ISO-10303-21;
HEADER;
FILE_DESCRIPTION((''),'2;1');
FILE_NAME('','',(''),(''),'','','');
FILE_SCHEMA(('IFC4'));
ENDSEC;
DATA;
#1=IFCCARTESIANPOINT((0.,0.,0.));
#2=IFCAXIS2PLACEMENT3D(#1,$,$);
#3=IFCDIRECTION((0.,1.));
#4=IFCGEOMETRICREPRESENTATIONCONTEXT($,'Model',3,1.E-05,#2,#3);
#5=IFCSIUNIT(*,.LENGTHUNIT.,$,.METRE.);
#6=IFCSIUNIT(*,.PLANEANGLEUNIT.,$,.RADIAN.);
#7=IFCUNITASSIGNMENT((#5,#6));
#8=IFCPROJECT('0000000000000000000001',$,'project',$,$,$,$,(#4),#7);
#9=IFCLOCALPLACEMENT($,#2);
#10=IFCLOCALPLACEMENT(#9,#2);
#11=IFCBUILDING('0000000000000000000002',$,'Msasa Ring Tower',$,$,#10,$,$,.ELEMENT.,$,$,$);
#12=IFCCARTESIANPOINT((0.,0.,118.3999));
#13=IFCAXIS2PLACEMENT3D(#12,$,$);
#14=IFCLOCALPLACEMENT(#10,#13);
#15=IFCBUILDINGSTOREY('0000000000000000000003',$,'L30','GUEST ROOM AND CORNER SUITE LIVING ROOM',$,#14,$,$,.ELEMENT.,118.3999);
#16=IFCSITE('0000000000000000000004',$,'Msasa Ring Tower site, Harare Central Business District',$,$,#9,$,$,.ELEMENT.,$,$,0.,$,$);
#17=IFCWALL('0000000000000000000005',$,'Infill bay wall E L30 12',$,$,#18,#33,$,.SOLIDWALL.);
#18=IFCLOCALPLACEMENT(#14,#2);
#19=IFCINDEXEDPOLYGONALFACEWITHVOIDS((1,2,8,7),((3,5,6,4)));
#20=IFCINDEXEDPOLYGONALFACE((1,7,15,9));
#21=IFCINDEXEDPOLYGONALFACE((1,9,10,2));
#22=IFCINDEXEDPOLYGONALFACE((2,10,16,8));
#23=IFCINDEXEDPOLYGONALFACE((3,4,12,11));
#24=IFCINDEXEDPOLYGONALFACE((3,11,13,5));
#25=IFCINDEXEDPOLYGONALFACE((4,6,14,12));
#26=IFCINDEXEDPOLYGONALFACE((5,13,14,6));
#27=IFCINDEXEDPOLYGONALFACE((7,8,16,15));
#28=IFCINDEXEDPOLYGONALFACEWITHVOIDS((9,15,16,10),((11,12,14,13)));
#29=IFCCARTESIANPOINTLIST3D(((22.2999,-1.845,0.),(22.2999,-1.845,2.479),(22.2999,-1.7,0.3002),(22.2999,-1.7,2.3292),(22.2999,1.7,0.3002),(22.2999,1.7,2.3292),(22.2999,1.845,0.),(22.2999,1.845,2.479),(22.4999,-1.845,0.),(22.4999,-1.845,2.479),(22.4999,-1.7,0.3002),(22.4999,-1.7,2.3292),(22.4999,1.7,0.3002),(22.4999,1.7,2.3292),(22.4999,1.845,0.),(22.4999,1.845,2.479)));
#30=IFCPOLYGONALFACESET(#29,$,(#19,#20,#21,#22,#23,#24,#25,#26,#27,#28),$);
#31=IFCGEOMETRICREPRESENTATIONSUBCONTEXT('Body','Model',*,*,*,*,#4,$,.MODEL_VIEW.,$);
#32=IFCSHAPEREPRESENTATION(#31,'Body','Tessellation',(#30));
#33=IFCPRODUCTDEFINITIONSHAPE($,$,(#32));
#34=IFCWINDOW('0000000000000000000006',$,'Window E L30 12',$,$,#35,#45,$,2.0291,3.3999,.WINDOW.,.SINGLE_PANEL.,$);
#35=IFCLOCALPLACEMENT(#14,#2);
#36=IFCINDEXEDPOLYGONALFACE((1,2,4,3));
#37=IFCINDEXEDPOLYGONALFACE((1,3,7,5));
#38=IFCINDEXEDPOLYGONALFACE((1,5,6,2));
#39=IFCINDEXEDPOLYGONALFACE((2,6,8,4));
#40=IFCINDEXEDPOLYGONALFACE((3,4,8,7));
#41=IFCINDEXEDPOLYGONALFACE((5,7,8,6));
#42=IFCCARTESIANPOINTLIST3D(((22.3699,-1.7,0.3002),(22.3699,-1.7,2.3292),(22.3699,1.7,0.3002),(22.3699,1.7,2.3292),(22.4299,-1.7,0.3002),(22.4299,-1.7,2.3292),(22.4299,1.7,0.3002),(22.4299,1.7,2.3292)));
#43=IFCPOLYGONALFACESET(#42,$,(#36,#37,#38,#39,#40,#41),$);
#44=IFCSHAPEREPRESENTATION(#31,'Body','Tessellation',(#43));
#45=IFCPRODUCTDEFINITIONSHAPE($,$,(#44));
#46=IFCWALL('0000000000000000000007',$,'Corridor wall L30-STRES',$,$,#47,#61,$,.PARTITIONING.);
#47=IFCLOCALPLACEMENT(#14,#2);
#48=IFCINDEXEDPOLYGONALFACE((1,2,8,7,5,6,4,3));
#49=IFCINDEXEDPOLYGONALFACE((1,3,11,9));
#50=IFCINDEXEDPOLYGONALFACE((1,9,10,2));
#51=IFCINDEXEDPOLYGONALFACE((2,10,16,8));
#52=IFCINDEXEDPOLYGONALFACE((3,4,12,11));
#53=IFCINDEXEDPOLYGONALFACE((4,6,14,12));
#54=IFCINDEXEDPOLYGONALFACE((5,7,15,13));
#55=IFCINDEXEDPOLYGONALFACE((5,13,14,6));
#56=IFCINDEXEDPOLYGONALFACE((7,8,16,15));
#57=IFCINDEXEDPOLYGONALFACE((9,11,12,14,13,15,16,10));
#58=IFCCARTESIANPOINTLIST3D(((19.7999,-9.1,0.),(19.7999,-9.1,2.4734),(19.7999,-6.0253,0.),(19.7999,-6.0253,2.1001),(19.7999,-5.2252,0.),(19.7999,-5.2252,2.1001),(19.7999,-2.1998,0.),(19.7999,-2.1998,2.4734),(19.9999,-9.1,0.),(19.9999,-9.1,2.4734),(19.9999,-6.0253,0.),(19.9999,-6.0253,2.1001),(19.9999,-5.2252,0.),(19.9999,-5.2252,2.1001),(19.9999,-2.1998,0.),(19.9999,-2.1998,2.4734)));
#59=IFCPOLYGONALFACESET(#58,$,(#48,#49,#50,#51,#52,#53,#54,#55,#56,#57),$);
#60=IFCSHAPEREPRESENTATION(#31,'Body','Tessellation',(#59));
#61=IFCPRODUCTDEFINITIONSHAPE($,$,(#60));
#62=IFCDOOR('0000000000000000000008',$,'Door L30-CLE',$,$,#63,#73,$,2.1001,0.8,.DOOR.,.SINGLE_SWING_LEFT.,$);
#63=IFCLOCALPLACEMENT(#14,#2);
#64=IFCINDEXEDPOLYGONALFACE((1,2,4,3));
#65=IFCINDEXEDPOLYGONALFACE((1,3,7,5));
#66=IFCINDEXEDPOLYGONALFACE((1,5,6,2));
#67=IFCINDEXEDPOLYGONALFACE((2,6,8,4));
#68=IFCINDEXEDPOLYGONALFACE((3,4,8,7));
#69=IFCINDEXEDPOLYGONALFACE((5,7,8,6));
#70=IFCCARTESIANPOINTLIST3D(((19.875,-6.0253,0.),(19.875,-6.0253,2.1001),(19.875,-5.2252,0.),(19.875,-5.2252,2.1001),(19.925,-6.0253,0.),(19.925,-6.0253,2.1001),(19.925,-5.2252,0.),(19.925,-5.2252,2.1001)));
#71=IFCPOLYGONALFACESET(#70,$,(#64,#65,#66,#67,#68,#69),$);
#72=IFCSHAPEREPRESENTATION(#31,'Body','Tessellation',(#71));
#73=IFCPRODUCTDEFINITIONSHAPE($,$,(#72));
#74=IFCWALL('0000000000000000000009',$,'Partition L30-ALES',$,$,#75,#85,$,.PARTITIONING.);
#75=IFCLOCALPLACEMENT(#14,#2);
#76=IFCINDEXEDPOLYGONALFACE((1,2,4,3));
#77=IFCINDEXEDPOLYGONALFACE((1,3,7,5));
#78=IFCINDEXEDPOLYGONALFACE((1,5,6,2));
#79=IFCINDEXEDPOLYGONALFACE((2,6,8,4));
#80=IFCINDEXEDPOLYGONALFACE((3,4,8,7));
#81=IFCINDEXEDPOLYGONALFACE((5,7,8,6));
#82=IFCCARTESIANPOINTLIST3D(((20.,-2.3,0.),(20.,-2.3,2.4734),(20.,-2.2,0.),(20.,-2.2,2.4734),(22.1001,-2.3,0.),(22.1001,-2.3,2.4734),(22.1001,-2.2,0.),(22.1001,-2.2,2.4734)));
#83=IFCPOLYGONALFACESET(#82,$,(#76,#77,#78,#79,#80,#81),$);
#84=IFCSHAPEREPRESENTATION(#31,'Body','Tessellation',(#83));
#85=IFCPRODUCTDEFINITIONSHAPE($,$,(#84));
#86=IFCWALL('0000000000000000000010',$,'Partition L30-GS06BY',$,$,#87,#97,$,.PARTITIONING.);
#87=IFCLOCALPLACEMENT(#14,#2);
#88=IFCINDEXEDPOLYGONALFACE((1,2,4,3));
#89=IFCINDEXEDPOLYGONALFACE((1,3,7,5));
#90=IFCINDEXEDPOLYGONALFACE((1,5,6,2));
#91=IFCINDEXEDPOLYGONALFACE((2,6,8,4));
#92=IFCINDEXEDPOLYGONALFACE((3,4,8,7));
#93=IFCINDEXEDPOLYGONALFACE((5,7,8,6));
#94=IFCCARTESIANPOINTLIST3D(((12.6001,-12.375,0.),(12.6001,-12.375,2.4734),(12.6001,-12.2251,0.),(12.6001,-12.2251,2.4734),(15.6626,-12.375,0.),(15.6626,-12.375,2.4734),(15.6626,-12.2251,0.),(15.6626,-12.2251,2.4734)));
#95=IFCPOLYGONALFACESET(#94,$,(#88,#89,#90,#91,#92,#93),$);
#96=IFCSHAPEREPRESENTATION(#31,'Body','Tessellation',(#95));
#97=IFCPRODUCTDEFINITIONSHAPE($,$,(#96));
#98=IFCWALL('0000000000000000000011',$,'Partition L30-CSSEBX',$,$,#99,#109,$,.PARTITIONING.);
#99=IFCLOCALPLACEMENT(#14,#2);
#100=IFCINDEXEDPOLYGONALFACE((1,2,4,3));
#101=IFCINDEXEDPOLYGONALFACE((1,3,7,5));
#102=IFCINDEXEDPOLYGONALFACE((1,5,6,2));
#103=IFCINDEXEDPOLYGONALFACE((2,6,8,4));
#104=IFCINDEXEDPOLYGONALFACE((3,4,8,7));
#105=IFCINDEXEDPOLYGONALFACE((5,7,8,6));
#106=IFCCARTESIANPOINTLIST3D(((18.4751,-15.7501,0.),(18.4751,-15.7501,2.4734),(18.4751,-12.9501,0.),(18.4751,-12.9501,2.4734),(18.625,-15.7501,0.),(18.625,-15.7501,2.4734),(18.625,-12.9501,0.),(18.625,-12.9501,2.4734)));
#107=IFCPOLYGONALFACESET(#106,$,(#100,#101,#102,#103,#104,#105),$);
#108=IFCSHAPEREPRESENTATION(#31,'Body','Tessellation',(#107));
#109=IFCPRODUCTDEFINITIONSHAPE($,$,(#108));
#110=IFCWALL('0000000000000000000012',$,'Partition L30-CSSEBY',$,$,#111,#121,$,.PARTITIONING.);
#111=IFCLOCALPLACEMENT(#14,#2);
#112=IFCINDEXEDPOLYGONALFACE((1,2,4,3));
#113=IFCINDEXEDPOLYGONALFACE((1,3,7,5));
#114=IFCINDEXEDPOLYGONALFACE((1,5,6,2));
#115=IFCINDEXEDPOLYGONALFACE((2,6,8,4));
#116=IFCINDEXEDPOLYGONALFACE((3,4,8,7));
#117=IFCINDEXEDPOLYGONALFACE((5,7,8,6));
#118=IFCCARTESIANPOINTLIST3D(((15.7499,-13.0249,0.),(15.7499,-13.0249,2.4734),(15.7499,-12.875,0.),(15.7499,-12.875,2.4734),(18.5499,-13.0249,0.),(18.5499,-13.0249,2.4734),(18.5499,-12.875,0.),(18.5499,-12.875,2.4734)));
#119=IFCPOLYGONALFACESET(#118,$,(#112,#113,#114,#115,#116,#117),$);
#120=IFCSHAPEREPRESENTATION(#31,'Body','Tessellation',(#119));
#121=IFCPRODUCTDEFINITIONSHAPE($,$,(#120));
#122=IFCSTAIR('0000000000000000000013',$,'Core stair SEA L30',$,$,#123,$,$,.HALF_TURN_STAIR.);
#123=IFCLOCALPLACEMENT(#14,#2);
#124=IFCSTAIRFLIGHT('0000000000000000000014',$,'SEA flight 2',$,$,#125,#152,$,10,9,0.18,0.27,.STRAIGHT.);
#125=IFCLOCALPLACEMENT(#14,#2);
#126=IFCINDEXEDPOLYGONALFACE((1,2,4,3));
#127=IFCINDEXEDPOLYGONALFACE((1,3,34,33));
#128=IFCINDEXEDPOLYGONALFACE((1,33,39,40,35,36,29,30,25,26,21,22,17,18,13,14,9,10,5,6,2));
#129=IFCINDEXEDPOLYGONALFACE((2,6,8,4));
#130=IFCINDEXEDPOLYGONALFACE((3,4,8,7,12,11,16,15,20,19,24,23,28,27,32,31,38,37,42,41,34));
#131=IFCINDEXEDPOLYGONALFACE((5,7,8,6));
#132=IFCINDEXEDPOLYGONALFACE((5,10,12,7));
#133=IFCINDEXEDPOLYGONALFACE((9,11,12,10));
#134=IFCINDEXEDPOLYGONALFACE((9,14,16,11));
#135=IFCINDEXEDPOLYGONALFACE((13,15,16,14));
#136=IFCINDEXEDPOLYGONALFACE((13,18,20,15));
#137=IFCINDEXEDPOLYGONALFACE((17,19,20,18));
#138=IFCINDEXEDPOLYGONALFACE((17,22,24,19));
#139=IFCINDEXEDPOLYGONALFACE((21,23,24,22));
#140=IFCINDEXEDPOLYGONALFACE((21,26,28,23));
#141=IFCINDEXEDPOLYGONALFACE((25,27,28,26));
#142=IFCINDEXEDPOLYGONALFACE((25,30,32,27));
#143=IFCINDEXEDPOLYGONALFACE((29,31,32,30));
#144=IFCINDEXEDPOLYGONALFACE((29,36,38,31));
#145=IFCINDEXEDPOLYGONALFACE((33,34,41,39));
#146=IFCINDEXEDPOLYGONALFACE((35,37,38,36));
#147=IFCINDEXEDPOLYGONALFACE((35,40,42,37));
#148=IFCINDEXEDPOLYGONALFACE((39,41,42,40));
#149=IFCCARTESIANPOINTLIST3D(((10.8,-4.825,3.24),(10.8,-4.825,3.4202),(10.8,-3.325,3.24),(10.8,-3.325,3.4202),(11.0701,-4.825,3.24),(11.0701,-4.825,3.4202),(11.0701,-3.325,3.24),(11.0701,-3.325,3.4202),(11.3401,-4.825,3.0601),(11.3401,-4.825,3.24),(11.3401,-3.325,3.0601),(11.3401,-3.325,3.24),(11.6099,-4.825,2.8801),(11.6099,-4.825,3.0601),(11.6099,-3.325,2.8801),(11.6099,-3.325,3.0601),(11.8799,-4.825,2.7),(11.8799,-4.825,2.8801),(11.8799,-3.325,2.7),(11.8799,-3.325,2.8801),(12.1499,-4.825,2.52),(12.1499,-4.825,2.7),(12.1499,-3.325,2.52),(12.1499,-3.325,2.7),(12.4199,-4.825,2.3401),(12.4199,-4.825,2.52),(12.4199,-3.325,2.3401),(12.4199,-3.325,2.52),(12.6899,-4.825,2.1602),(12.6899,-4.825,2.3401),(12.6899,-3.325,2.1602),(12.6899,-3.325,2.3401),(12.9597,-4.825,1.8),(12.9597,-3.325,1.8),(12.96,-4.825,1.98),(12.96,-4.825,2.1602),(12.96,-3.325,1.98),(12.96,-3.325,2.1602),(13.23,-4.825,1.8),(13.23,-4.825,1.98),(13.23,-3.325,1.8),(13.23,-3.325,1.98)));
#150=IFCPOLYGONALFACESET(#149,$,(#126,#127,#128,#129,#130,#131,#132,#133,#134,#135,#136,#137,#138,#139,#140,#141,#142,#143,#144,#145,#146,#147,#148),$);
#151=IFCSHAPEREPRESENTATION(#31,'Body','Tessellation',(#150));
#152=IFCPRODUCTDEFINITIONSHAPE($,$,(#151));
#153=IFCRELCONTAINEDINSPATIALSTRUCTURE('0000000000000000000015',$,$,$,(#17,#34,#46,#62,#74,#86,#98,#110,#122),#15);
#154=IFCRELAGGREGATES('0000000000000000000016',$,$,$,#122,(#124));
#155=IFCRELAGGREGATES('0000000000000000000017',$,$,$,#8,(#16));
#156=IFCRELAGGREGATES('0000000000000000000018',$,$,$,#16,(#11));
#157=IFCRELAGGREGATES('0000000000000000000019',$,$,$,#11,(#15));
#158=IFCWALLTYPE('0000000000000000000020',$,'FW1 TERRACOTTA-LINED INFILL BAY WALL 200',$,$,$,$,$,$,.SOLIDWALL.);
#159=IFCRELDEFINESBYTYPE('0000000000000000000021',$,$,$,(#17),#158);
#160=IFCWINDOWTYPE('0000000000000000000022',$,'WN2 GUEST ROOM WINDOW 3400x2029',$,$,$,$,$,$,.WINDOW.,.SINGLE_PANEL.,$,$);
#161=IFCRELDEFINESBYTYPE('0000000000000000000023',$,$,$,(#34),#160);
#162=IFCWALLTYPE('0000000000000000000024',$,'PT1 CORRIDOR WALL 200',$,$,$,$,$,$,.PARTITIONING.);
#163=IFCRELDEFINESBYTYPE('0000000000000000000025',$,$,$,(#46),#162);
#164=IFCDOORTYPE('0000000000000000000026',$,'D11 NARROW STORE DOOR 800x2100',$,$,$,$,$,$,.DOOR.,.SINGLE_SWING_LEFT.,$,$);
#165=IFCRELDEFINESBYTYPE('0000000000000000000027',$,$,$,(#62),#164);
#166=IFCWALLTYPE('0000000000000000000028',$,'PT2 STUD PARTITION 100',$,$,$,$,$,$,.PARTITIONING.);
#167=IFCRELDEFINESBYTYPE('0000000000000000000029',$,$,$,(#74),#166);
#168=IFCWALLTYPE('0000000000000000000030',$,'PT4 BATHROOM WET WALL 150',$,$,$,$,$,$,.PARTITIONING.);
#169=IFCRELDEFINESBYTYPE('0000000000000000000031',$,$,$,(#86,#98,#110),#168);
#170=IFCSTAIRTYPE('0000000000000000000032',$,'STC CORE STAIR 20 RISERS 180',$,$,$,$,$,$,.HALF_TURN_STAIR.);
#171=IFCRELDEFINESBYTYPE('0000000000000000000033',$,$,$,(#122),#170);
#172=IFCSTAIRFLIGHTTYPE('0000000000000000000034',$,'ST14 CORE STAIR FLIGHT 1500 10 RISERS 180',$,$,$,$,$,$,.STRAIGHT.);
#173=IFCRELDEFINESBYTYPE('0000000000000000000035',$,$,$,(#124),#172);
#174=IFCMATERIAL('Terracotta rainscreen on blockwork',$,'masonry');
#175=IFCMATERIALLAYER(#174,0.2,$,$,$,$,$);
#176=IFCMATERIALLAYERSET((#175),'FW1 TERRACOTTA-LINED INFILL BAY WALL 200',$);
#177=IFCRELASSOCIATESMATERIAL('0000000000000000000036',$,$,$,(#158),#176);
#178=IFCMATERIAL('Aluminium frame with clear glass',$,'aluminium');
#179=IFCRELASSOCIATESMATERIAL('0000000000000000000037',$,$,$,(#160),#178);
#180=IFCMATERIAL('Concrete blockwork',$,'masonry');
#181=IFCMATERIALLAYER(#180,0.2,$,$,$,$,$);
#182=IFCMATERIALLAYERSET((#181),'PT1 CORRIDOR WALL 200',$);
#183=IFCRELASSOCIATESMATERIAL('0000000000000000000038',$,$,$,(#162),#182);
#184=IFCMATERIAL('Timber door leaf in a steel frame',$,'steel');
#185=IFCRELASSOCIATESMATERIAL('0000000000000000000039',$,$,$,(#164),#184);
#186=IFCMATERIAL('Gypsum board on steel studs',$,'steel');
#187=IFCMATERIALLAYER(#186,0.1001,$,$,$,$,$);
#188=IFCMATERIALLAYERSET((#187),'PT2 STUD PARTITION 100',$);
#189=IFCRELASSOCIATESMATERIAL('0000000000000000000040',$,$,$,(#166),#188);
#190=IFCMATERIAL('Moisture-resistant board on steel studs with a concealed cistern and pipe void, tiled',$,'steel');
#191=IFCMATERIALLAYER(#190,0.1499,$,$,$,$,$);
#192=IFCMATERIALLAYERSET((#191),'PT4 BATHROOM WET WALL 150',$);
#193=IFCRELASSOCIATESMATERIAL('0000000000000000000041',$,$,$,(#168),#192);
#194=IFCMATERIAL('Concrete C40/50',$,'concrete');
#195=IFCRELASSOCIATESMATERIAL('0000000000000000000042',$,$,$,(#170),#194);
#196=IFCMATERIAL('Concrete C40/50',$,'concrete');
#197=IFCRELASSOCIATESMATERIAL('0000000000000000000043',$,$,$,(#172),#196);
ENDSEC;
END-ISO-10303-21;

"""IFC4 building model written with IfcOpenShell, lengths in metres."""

from ifc_helpers import new_model, si_unit, direction, frame, frame_2d, origin, place, context, subcontext, project, spatial, polyline, rectangle, outline, extrude, material, layer, layer_set, type_object, element, fill, aggregate, save


model = new_model("IFC4")

# Units and contexts
model_context = context("Model", 3, precision=1e-05, world=origin(), true_north=direction((0.0, 1.0)))
body_context = subcontext(model_context, "Body", "Model", "MODEL_VIEW")
ifc_project = project(units=[si_unit("LENGTHUNIT", "METRE"), si_unit("PLANEANGLEUNIT", "RADIAN")], contexts=[model_context])

# Site, building, storey
site_placement = place(None, origin())
site = spatial("IfcSite", under=ifc_project, at=site_placement, Name="Msasa Ring Tower site, Harare Central Business District", CompositionType="ELEMENT", RefElevation=0.0)
building_placement = place(site_placement, origin())
building = spatial("IfcBuilding", under=site, at=building_placement, Name="Msasa Ring Tower", CompositionType="ELEMENT")
storey_placement = place(building_placement, frame((0.0, 0.0, 118.3999)))
storey = spatial("IfcBuildingStorey", under=building, at=storey_placement, Name="L30", Description="GUEST ROOM AND CORNER SUITE LIVING ROOM", CompositionType="ELEMENT", Elevation=118.3999)

# Wall, opening, window
ifc_material_1 = material(Name="Terracotta rainscreen on blockwork", Category="masonry")
ifc_layer_1 = layer(ifc_material_1, 0.2)
ifc_layer_set_1 = layer_set([ifc_layer_1], Name="FW1 TERRACOTTA-LINED INFILL BAY WALL 200")
wall_type_1 = type_object("IfcWallType", Name="FW1 TERRACOTTA-LINED INFILL BAY WALL 200", PredefinedType="SOLIDWALL", material=ifc_layer_set_1)
ifc_material_2 = material(Name="Aluminium frame with clear glass", Category="aluminium")
window_type = type_object("IfcWindowType", Name="WN2 GUEST ROOM WINDOW 3400x2029", PartitioningType="SINGLE_PANEL", PredefinedType="WINDOW", material=ifc_material_2)
wall_1_placement = place(storey_placement, frame((22.3999, -1.845, 0.0), z_axis=(0.0, 0.0, 1.0), x_axis=(0.0, 1.0, 0.0)))
wall_1 = element("IfcWall", 1, at=wall_1_placement, inside=storey, type_object=wall_type_1, Name="Infill bay wall E L30 12", PredefinedType="SOLIDWALL", context=body_context, shape_type="SweptSolid", body=[
    extrude(rectangle(XDim=3.6899, YDim=0.2, at=frame_2d((1.845, 0.0))), origin(), (0.0, 0.0, 1.0), 2.479),
])
opening_1_placement = place(wall_1_placement, frame((0.145, 0.0, 0.3)))
opening_1 = element("IfcOpeningElement", 2, at=opening_1_placement, cuts=wall_1, PredefinedType="OPENING", context=body_context, shape_type="SweptSolid", body=[
    extrude(rectangle(XDim=3.3999, YDim=2.0291, at=frame_2d((1.7, 1.0146))), frame((0.0, 0.1099, 0.0), z_axis=(0.0, -1.0, 0.0), x_axis=(1.0, 0.0, 0.0)), (0.0, 0.0, 1.0), 0.22),
])
window_1_placement = place(opening_1_placement, origin())
window_1 = element("IfcWindow", 3, at=window_1_placement, inside=storey, type_object=window_type, Name="Window E L30 12", OverallHeight=2.0291, OverallWidth=3.3999, PartitioningType="SINGLE_PANEL", PredefinedType="WINDOW", context=body_context, shape_type="SweptSolid", body=[
    extrude(rectangle(XDim=3.3999, YDim=2.0291, at=frame_2d((1.7, 1.0146))), frame((0.0, 0.03, 0.0), z_axis=(0.0, -1.0, 0.0), x_axis=(1.0, 0.0, 0.0)), (0.0, 0.0, 1.0), 0.0601),
])
fill(opening_1, window_1)

# Wall, opening, door
ifc_material_3 = material(Name="Concrete blockwork", Category="masonry")
ifc_layer_2 = layer(ifc_material_3, 0.2)
ifc_layer_set_2 = layer_set([ifc_layer_2], Name="PT1 CORRIDOR WALL 200")
wall_type_2 = type_object("IfcWallType", Name="PT1 CORRIDOR WALL 200", PredefinedType="PARTITIONING", material=ifc_layer_set_2)
wall_2_placement = place(storey_placement, frame((19.8999, -9.1001, 0.0), z_axis=(0.0, 0.0, 1.0), x_axis=(0.0, 1.0, 0.0)))
wall_2 = element("IfcWall", 4, at=wall_2_placement, inside=storey, type_object=wall_type_2, Name="Corridor wall L30-STRES", PredefinedType="PARTITIONING", context=body_context, shape_type="SweptSolid", body=[
    extrude(rectangle(XDim=6.9001, YDim=0.2, at=frame_2d((3.4502, 0.0))), origin(), (0.0, 0.0, 1.0), 2.4734),
])
opening_2_placement = place(wall_2_placement, frame((3.075, 0.0, 0.0)))
opening_2 = element("IfcOpeningElement", 5, at=opening_2_placement, cuts=wall_2, PredefinedType="OPENING", context=body_context, shape_type="SweptSolid", body=[
    extrude(rectangle(XDim=0.8, YDim=2.1001, at=frame_2d((0.3999, 1.05))), frame((0.0, 0.1099, 0.0), z_axis=(0.0, -1.0, 0.0), x_axis=(1.0, 0.0, 0.0)), (0.0, 0.0, 1.0), 0.22),
])
ifc_material_4 = material(Name="Timber door leaf in a steel frame", Category="steel")
door_type_1 = type_object("IfcDoorType", Name="D11 NARROW STORE DOOR 800x2100", OperationType="SINGLE_SWING_LEFT", PredefinedType="DOOR", material=ifc_material_4)
door_1_placement = place(opening_2_placement, origin())
door_1 = element("IfcDoor", 6, at=door_1_placement, inside=storey, type_object=door_type_1, Name="Door L30-CLE", OperationType="SINGLE_SWING_LEFT", OverallHeight=2.1001, OverallWidth=0.8, PredefinedType="DOOR", context=body_context, shape_type="SweptSolid", body=[
    extrude(rectangle(XDim=0.8, YDim=2.1001, at=frame_2d((0.3999, 1.05))), frame((0.0, 0.0249, 0.0), z_axis=(0.0, -1.0, 0.0), x_axis=(1.0, 0.0, 0.0)), (0.0, 0.0, 1.0), 0.05),
])
fill(opening_2, door_1)

# Walls
ifc_material_5 = material(Name="Gypsum board on steel studs", Category="steel")
ifc_layer_3 = layer(ifc_material_5, 0.1001)
ifc_layer_set_3 = layer_set([ifc_layer_3], Name="PT2 STUD PARTITION 100")
wall_type_3 = type_object("IfcWallType", Name="PT2 STUD PARTITION 100", PredefinedType="PARTITIONING", material=ifc_layer_set_3)
wall_3_placement = place(storey_placement, frame((20.0, -2.25, 0.0), z_axis=(0.0, 0.0, 1.0), x_axis=(1.0, 0.0, 0.0)))
element("IfcWall", 7, at=wall_3_placement, inside=storey, type_object=wall_type_3, Name="Partition L30-ALES", PredefinedType="PARTITIONING", context=body_context, shape_type="SweptSolid", body=[
    extrude(rectangle(XDim=2.1001, YDim=0.1001, at=frame_2d((1.05, 0.0))), origin(), (0.0, 0.0, 1.0), 2.4734),
])
ifc_material_6 = material(Name="Moisture-resistant board on steel studs with a concealed cistern and pipe void, tiled", Category="steel")
ifc_layer_4 = layer(ifc_material_6, 0.1499)
ifc_layer_set_4 = layer_set([ifc_layer_4], Name="PT4 BATHROOM WET WALL 150")
wall_type_4 = type_object("IfcWallType", Name="PT4 BATHROOM WET WALL 150", PredefinedType="PARTITIONING", material=ifc_layer_set_4)
wall_4_placement = place(storey_placement, frame((12.6001, -12.3, 0.0), z_axis=(0.0, 0.0, 1.0), x_axis=(1.0, 0.0, 0.0)))
element("IfcWall", 8, at=wall_4_placement, inside=storey, type_object=wall_type_4, Name="Partition L30-GS06BY", PredefinedType="PARTITIONING", context=body_context, shape_type="SweptSolid", body=[
    extrude(rectangle(XDim=3.0625, YDim=0.1499, at=frame_2d((1.5312, 0.0))), origin(), (0.0, 0.0, 1.0), 2.4734),
])
for number, where, z_axis, x_axis, name in (
    (9, (18.55, -15.75, 0.0), (0.0, 0.0, 1.0), (0.0, 1.0, 0.0), "Partition L30-CSSEBX"),
    (10, (15.75, -12.95, 0.0), (0.0, 0.0, 1.0), (1.0, 0.0, 0.0), "Partition L30-CSSEBY"),
):
    element("IfcWall", number, at=place(storey_placement, frame(where, z_axis=z_axis, x_axis=x_axis)), inside=storey, type_object=wall_type_4, Name=name, PredefinedType="PARTITIONING", context=body_context, shape_type="SweptSolid", body=[
        extrude(rectangle(XDim=2.8, YDim=0.1499, at=frame_2d((1.3999, 0.0))), origin(), (0.0, 0.0, 1.0), 2.4734),
    ])

# Stair, stair flight
ifc_material_7 = material(Name="Concrete C40/50", Category="concrete")
stair_type = type_object("IfcStairType", Name="STC CORE STAIR 20 RISERS 180", PredefinedType="HALF_TURN_STAIR", material=ifc_material_7)
stair_placement = place(storey_placement, origin())
stair = element("IfcStair", 11, at=stair_placement, inside=storey, type_object=stair_type, Name="Core stair SEA L30", PredefinedType="HALF_TURN_STAIR")
ifc_material_8 = material(Name="Concrete C40/50", Category="concrete")
stair_flight_type = type_object("IfcStairFlightType", Name="ST14 CORE STAIR FLIGHT 1500 10 RISERS 180", PredefinedType="STRAIGHT", material=ifc_material_8)
stair_flight_placement = place(storey_placement, frame((13.23, -4.075, 1.8), z_axis=(0.0, 0.0, 1.0), x_axis=(-1.0, 0.0, 0.0)))
stair_flight = element("IfcStairFlight", 12, at=stair_flight_placement, type_object=stair_flight_type, Name="SEA flight 2", NumberOfRisers=10, NumberOfTreads=9, PredefinedType="STRAIGHT", RiserHeight=0.18, TreadLength=0.27, context=body_context, shape_type="SweptSolid", body=[
    extrude(outline(polyline([(0.0, 0.0), (0.0, 0.1799), (0.27, 0.1799), (0.27, 0.3601), (0.54, 0.3601), (0.54, 0.54), (0.8101, 0.54), (0.8101, 0.72), (1.0801, 0.72), (1.0801, 0.8999), (1.3501, 0.8999), (1.3501, 1.0801), (1.6201, 1.0801), (1.6201, 1.26), (1.8899, 1.26), (1.8899, 1.4399), (2.1599, 1.4399), (2.1599, 1.6201), (2.4299, 1.6201), (2.4299, 1.8), (2.4299, 1.4399), (0.2703, 0.0), (0.0, 0.0)])), frame((0.0, 0.75, 0.0), z_axis=(0.0, -1.0, 0.0), x_axis=(1.0, 0.0, 0.0)), (0.0, 0.0, 1.0), 1.5),
])
aggregate(stair, [stair_flight])

save(model, "model.ifc")
